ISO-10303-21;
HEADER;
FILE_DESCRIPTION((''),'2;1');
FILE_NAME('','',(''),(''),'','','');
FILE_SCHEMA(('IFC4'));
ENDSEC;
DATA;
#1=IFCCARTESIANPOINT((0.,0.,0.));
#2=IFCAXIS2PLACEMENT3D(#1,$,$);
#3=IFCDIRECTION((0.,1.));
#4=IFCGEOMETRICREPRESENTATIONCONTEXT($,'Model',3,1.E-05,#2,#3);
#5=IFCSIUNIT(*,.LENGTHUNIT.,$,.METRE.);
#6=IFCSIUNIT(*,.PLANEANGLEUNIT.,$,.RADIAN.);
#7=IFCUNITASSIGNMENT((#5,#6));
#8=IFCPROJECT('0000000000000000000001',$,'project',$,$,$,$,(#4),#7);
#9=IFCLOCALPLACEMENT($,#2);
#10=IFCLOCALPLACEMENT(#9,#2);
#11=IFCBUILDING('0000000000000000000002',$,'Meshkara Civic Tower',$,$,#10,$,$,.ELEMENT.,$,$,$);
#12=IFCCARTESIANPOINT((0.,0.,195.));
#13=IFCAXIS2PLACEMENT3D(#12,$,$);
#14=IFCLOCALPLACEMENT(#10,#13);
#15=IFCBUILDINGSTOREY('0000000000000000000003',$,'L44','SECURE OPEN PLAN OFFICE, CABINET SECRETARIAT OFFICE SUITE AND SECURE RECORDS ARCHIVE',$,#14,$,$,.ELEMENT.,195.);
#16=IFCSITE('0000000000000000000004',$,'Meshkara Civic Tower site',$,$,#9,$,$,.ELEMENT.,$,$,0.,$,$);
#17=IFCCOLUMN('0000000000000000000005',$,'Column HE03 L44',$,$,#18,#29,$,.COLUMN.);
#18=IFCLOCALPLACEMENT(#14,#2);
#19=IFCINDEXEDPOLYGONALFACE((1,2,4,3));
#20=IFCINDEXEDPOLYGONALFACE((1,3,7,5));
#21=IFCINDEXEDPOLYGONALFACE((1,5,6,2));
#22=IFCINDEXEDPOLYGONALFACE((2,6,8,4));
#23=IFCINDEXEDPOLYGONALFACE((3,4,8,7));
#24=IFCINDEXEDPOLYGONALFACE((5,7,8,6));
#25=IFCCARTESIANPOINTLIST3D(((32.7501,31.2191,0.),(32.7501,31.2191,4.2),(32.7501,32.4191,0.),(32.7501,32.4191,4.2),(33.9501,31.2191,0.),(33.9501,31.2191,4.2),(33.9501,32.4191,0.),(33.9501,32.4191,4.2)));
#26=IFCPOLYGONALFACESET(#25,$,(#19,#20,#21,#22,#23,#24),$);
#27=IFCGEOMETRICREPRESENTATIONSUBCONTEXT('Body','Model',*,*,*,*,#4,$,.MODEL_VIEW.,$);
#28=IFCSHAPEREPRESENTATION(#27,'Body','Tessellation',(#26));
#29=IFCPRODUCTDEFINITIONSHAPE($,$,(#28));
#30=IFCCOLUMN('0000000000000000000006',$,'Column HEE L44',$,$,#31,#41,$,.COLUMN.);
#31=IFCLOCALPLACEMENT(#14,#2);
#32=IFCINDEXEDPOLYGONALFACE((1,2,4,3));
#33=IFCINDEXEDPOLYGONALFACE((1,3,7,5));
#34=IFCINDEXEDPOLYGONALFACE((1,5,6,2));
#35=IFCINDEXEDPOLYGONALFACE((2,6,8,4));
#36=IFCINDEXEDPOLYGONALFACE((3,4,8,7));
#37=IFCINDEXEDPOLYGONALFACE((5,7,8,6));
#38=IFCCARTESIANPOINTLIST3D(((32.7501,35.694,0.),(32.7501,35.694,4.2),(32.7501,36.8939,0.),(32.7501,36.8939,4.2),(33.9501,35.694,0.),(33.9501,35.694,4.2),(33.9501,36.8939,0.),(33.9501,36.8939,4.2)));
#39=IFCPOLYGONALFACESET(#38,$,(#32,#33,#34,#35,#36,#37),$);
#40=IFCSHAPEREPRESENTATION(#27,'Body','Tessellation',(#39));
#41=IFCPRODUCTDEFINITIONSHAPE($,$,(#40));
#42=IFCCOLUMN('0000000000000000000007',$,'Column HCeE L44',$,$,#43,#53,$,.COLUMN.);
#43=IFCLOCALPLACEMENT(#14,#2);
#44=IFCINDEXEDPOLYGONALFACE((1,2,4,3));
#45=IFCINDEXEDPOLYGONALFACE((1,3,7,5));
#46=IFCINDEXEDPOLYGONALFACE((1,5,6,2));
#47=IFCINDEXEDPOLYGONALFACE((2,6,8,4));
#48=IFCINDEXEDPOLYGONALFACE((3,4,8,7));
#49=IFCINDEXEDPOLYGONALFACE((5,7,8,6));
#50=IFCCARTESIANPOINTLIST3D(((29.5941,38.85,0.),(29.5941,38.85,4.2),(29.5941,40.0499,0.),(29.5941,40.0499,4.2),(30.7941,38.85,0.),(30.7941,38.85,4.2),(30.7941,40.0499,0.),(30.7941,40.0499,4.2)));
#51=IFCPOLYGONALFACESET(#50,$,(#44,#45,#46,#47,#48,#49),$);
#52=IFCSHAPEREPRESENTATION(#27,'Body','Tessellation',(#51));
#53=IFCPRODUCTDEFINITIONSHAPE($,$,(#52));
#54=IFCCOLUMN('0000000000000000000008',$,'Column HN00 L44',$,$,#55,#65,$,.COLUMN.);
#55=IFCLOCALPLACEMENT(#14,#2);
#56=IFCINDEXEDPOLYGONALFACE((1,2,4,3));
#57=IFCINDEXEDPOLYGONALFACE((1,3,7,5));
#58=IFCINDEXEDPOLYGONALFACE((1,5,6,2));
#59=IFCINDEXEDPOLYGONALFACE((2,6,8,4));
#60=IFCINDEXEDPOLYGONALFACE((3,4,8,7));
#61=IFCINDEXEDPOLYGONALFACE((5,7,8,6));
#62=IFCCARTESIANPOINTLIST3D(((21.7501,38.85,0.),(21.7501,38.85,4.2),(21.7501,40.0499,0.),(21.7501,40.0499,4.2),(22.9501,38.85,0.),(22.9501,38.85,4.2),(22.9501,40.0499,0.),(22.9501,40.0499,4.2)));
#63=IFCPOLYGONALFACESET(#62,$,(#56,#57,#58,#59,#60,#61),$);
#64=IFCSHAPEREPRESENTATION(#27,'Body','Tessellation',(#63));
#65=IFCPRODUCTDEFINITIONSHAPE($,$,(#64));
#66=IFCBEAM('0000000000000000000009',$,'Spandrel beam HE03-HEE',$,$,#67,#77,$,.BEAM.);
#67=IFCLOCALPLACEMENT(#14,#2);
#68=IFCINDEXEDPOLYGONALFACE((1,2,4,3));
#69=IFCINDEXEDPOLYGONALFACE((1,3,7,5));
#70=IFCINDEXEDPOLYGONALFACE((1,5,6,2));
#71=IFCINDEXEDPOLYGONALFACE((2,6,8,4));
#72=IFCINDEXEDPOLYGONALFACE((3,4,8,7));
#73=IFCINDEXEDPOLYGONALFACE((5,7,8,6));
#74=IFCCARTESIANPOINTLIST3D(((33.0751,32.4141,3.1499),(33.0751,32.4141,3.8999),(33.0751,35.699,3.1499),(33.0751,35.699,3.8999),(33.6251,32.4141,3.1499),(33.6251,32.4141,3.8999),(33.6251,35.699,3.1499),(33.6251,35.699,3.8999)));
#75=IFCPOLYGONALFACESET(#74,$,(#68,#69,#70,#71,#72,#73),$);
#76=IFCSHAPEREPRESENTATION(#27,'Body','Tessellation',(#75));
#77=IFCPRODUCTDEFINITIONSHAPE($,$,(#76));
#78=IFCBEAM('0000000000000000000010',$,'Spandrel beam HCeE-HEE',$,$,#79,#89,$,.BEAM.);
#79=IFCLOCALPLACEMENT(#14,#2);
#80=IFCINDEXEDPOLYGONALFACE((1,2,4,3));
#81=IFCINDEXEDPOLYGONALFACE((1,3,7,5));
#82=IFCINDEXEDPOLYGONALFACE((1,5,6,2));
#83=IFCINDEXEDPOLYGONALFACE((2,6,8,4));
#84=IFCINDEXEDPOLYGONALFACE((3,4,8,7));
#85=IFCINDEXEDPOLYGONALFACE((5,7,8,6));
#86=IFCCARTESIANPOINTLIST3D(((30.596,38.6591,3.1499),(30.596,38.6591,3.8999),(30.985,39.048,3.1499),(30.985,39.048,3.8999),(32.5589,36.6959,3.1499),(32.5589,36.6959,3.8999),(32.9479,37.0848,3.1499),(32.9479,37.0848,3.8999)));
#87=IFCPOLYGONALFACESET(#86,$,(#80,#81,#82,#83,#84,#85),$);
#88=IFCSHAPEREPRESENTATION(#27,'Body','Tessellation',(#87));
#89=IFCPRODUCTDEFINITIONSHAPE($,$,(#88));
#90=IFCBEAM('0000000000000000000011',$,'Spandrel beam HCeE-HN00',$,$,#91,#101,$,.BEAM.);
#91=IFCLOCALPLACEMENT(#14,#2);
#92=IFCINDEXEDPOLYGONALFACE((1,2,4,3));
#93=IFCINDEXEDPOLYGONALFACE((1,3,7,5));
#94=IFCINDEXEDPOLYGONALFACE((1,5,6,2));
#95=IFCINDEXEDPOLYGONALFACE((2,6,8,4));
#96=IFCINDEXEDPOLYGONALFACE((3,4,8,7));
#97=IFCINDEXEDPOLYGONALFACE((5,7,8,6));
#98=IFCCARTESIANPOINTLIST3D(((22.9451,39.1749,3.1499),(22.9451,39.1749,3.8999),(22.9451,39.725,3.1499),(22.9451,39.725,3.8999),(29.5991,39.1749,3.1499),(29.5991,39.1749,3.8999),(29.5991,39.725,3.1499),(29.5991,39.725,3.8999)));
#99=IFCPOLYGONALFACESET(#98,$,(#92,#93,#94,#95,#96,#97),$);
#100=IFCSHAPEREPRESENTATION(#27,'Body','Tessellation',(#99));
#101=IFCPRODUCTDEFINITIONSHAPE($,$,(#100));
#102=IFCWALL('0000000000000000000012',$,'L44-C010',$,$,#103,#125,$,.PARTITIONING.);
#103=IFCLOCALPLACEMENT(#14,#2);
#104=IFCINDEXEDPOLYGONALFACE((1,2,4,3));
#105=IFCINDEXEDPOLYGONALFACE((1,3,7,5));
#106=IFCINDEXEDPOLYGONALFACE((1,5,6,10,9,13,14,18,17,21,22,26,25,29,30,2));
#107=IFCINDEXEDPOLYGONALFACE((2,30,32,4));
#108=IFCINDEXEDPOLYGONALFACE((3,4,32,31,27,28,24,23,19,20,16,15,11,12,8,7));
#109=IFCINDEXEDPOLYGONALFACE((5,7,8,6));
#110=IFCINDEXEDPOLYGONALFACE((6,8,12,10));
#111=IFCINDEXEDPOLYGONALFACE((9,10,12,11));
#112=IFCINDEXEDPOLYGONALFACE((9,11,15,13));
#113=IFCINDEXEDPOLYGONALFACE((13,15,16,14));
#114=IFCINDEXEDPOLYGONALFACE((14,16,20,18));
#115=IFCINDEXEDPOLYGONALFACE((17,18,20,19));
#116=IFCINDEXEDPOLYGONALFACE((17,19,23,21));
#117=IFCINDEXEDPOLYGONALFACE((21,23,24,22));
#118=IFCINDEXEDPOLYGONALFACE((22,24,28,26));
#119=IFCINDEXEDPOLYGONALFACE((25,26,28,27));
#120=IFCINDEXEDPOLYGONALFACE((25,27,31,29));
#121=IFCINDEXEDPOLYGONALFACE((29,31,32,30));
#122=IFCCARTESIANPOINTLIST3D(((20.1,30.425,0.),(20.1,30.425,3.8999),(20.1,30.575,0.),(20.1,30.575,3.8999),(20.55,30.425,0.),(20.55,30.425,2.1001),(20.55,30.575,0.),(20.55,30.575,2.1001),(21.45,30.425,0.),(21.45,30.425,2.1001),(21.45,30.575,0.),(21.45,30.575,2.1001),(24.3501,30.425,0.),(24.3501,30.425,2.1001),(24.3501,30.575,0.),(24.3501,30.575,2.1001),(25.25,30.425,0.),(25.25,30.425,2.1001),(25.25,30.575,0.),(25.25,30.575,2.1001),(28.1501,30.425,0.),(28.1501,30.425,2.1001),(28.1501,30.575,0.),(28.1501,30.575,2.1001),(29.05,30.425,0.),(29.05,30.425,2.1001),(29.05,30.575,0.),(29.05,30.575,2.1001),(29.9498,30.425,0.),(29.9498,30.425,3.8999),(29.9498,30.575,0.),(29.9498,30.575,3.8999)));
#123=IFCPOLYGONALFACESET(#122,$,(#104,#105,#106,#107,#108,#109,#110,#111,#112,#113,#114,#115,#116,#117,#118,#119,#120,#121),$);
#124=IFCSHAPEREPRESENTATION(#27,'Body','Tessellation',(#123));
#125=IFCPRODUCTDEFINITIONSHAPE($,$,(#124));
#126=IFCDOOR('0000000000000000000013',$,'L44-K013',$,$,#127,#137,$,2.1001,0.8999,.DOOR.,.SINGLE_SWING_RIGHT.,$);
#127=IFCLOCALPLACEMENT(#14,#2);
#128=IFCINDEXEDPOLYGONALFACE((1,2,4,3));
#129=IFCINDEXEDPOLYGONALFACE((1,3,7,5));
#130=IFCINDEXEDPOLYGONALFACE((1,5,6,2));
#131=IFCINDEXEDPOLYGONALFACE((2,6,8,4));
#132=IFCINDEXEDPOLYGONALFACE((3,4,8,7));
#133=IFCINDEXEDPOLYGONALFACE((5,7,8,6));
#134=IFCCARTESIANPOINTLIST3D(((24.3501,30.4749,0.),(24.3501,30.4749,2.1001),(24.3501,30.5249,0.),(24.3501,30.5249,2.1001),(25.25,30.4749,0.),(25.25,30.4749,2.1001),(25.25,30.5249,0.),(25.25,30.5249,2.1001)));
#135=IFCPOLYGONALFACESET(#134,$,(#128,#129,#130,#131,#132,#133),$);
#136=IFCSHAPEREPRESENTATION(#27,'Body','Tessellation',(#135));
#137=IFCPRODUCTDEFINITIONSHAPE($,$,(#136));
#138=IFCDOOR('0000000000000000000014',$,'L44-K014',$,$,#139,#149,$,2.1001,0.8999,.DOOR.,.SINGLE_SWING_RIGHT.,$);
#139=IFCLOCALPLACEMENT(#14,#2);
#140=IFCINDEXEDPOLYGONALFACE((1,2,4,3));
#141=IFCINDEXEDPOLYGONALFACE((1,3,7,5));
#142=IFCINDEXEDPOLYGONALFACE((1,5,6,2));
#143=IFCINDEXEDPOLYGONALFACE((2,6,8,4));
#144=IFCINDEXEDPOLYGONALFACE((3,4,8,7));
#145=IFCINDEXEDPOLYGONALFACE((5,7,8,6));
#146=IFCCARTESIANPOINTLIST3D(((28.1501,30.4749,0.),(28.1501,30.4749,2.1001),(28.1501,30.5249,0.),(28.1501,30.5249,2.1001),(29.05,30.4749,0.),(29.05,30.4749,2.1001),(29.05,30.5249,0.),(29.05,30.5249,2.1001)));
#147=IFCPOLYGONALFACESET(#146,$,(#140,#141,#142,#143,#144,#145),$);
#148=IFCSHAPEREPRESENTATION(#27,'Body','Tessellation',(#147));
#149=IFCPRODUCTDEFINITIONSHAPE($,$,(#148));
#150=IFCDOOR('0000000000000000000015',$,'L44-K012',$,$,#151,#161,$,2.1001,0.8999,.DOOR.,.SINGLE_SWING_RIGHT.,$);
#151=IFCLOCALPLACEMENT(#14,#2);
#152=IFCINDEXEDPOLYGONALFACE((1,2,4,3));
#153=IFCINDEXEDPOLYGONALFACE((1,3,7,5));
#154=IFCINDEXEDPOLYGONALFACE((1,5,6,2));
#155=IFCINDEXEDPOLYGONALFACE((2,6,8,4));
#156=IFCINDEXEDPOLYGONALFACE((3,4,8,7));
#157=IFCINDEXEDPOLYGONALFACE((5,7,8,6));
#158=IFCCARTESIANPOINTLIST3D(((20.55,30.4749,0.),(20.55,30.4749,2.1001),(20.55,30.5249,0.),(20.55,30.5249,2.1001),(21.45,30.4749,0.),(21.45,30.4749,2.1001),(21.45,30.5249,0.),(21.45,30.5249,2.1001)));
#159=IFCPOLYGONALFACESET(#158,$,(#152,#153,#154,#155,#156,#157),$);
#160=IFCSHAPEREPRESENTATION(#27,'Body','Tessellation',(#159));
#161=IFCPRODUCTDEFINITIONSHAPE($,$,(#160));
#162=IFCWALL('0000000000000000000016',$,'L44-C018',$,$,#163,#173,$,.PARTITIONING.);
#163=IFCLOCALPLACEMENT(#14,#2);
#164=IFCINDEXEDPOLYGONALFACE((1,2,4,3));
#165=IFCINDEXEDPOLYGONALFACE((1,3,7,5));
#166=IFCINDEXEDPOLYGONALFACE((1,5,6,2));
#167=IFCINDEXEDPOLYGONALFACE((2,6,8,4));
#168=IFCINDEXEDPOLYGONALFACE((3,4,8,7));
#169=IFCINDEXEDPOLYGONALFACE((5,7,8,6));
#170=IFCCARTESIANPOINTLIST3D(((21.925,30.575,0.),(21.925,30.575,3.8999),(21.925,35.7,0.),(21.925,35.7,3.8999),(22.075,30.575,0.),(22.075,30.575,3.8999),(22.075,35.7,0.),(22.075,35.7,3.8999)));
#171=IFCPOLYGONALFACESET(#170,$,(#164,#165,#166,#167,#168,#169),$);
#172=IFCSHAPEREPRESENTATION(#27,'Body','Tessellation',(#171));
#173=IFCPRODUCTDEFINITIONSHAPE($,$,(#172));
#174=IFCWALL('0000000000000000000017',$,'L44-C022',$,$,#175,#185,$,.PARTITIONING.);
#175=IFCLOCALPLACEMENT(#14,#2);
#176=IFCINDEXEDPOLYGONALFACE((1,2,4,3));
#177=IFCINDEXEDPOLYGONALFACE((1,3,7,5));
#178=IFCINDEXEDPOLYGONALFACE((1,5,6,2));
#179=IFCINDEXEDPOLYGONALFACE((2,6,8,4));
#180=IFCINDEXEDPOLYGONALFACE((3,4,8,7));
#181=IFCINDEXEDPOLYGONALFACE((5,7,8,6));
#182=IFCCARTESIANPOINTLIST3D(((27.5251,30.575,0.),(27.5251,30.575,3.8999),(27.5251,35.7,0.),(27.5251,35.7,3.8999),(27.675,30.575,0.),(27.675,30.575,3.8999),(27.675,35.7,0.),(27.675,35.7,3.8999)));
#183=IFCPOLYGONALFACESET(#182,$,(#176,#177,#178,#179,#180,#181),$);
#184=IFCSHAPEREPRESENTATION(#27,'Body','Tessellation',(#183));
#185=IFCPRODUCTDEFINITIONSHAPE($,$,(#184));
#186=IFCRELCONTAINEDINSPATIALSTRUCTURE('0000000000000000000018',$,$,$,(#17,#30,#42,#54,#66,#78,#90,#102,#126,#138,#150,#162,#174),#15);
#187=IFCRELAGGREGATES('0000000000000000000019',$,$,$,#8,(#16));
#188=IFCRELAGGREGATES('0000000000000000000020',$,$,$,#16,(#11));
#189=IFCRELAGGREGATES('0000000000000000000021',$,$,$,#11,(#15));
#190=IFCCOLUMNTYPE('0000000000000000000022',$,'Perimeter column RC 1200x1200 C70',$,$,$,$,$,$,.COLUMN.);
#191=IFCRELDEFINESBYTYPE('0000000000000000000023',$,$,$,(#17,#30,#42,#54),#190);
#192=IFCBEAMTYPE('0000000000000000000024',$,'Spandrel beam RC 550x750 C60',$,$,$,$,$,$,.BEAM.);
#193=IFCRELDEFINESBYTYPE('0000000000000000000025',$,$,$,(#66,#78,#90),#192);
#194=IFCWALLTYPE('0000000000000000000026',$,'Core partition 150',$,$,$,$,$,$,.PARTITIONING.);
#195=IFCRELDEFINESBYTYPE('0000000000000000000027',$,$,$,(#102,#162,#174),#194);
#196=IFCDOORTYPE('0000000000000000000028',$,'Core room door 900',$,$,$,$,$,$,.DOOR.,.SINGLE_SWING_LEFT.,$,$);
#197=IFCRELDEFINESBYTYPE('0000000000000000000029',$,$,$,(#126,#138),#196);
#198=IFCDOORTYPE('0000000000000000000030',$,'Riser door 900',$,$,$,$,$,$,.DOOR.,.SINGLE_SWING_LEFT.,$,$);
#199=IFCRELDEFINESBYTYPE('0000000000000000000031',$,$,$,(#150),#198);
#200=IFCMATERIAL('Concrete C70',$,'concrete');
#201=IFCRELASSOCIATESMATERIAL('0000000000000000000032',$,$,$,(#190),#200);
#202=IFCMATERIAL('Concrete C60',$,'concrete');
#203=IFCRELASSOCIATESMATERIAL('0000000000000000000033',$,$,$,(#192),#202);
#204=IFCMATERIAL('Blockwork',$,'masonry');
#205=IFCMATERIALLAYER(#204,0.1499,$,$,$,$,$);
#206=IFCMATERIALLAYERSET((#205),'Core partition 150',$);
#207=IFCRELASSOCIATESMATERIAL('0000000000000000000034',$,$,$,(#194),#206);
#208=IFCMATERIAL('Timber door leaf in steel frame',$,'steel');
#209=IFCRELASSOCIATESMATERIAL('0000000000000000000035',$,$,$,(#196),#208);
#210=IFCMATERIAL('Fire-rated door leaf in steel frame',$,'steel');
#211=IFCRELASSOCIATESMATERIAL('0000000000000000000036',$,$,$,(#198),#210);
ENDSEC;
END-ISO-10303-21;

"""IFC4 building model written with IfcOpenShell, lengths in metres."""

from ifc_helpers import new_model, si_unit, direction, frame, frame_2d, origin, origin_2d, place, context, subcontext, project, spatial, rectangle, extrude, material, layer, layer_set, material_profile, profile_set, type_object, element, fill, save


model = new_model("IFC4")

# Units and contexts
model_context = context("Model", 3, precision=1e-05, world=origin(), true_north=direction((0.0, 1.0)))
body_context = subcontext(model_context, "Body", "Model", "MODEL_VIEW")
ifc_project = project(units=[si_unit("LENGTHUNIT", "METRE"), si_unit("PLANEANGLEUNIT", "RADIAN")], contexts=[model_context])

# Site, building, storey
site_placement = place(None, origin())
site = spatial("IfcSite", under=ifc_project, at=site_placement, Name="Meshkara Civic Tower site", CompositionType="ELEMENT", RefElevation=0.0)
building_placement = place(site_placement, origin())
building = spatial("IfcBuilding", under=site, at=building_placement, Name="Meshkara Civic Tower", CompositionType="ELEMENT")
storey_placement = place(building_placement, frame((0.0, 0.0, 195.0)))
storey = spatial("IfcBuildingStorey", under=building, at=storey_placement, Name="L44", Description="SECURE OPEN PLAN OFFICE, CABINET SECRETARIAT OFFICE SUITE AND SECURE RECORDS ARCHIVE", CompositionType="ELEMENT", Elevation=195.0)

# Columns
ifc_material_1 = material(Name="Concrete C70", Category="concrete")
ifc_material_profile_1 = material_profile(ifc_material_1, rectangle(XDim=1.2, YDim=1.2, at=origin_2d()))
ifc_profile_set_1 = profile_set([ifc_material_profile_1], Name="Concrete C70")
column_type = type_object("IfcColumnType", Name="Perimeter column RC 1200x1200 C70", PredefinedType="COLUMN", material=ifc_profile_set_1)
for number, where, z_axis, x_axis, name in (
    (1, (33.3501, 31.8191, 0.0), (0.0, 0.0, 1.0), (1.0, 0.0, 0.0), "Column HE03 L44"),
    (2, (33.3501, 36.2939, 0.0), (0.0, 0.0, 1.0), (1.0, 0.0, 0.0), "Column HEE L44"),
    (3, (30.1941, 39.45, 0.0), (0.0, 0.0, 1.0), (1.0, 0.0, 0.0), "Column HCeE L44"),
    (4, (22.3501, 39.45, 0.0), (0.0, 0.0, 1.0), (1.0, 0.0, 0.0), "Column HN00 L44"),
):
    element("IfcColumn", number, at=place(storey_placement, frame(where, z_axis=z_axis, x_axis=x_axis)), inside=storey, type_object=column_type, Name=name, PredefinedType="COLUMN", context=body_context, shape_type="SweptSolid", body=[
        extrude(rectangle(XDim=1.2, YDim=1.2, at=origin_2d()), origin(), (0.0, 0.0, 1.0), 4.2),
    ])

# Beams
ifc_material_2 = material(Name="Concrete C60", Category="concrete")
ifc_material_profile_2 = material_profile(ifc_material_2, rectangle(XDim=0.55, YDim=0.75, at=origin_2d()))
ifc_profile_set_2 = profile_set([ifc_material_profile_2], Name="Concrete C60")
beam_type = type_object("IfcBeamType", Name="Spandrel beam RC 550x750 C60", PredefinedType="BEAM", material=ifc_profile_set_2)
beam_1_placement = place(storey_placement, frame((33.3501, 32.4141, 3.5249), z_axis=(0.0, 1.0, 0.0), x_axis=(-1.0, 0.0, 0.0)))
element("IfcBeam", 5, at=beam_1_placement, inside=storey, type_object=beam_type, Name="Spandrel beam HE03-HEE", PredefinedType="BEAM", context=body_context, shape_type="SweptSolid", body=[
    extrude(rectangle(XDim=0.55, YDim=0.75, at=origin_2d()), origin(), (0.0, 0.0, 1.0), 3.2849),
])
beam_2_placement = place(storey_placement, frame((32.7534, 36.8904, 3.5249), z_axis=(-0.707063, 0.707151, 0.0), x_axis=(-0.707151, -0.707063, 0.0)))
element("IfcBeam", 6, at=beam_2_placement, inside=storey, type_object=beam_type, Name="Spandrel beam HCeE-HEE", PredefinedType="BEAM", context=body_context, shape_type="SweptSolid", body=[
    extrude(rectangle(XDim=0.55, YDim=0.75, at=origin_2d()), origin(), (0.0, 0.0, 1.0), 2.7761),
])
beam_3_placement = place(storey_placement, frame((29.5991, 39.45, 3.5249), z_axis=(-1.0, 0.0, 0.0), x_axis=(0.0, -1.0, 0.0)))
element("IfcBeam", 7, at=beam_3_placement, inside=storey, type_object=beam_type, Name="Spandrel beam HCeE-HN00", PredefinedType="BEAM", context=body_context, shape_type="SweptSolid", body=[
    extrude(rectangle(XDim=0.55, YDim=0.75, at=origin_2d()), origin(), (0.0, 0.0, 1.0), 6.6541),
])

# Wall, openings, doors
ifc_material_3 = material(Name="Blockwork", Category="masonry")
ifc_layer_1 = layer(ifc_material_3, 0.1499)
ifc_layer_set_1 = layer_set([ifc_layer_1], Name="Core partition 150")
wall_type_1 = type_object("IfcWallType", Name="Core partition 150", PredefinedType="PARTITIONING", material=ifc_layer_set_1)
wall_1_placement = place(storey_placement, frame((20.1001, 30.5, 0.0), z_axis=(0.0, 0.0, 1.0), x_axis=(1.0, 0.0, 0.0)))
wall_1 = element("IfcWall", 8, at=wall_1_placement, inside=storey, type_object=wall_type_1, Name="L44-C010", PredefinedType="PARTITIONING", context=body_context, shape_type="SweptSolid", body=[
    extrude(rectangle(XDim=9.8499, YDim=0.1499, at=frame_2d((4.9248, 0.0))), origin(), (0.0, 0.0, 1.0), 3.8999),
])
opening_1_placement = place(wall_1_placement, frame((0.45, 0.0, 0.0)))
opening_1 = element("IfcOpeningElement", 9, at=opening_1_placement, cuts=wall_1, PredefinedType="OPENING", context=body_context, shape_type="SweptSolid", body=[
    extrude(rectangle(XDim=0.8999, YDim=2.1001, at=frame_2d((0.45, 1.05))), frame((0.0, 0.085, 0.0), z_axis=(0.0, -1.0, 0.0), x_axis=(1.0, 0.0, 0.0)), (0.0, 0.0, 1.0), 0.1699),
])
opening_2_placement = place(wall_1_placement, frame((4.25, 0.0, 0.0)))
opening_2 = element("IfcOpeningElement", 10, at=opening_2_placement, cuts=wall_1, PredefinedType="OPENING", context=body_context, shape_type="SweptSolid", body=[
    extrude(rectangle(XDim=0.8999, YDim=2.1001, at=frame_2d((0.45, 1.05))), frame((0.0, 0.085, 0.0), z_axis=(0.0, -1.0, 0.0), x_axis=(1.0, 0.0, 0.0)), (0.0, 0.0, 1.0), 0.1699),
])
opening_3_placement = place(wall_1_placement, frame((8.05, 0.0, 0.0)))
opening_3 = element("IfcOpeningElement", 11, at=opening_3_placement, cuts=wall_1, PredefinedType="OPENING", context=body_context, shape_type="SweptSolid", body=[
    extrude(rectangle(XDim=0.8999, YDim=2.1001, at=frame_2d((0.45, 1.05))), frame((0.0, 0.085, 0.0), z_axis=(0.0, -1.0, 0.0), x_axis=(1.0, 0.0, 0.0)), (0.0, 0.0, 1.0), 0.1699),
])
ifc_material_4 = material(Name="Timber door leaf in steel frame", Category="steel")
door_type_1 = type_object("IfcDoorType", Name="Core room door 900", OperationType="SINGLE_SWING_LEFT", PredefinedType="DOOR", material=ifc_material_4)
door_1_placement = place(opening_2_placement, origin())
door_1 = element("IfcDoor", 12, at=door_1_placement, inside=storey, type_object=door_type_1, Name="L44-K013", OperationType="SINGLE_SWING_RIGHT", OverallHeight=2.1001, OverallWidth=0.8999, PredefinedType="DOOR", context=body_context, shape_type="SweptSolid", body=[
    extrude(rectangle(XDim=0.8999, YDim=2.1001, at=frame_2d((0.45, 1.05))), frame((0.0, 0.0249, 0.0), z_axis=(0.0, -1.0, 0.0), x_axis=(1.0, 0.0, 0.0)), (0.0, 0.0, 1.0), 0.05),
])
fill(opening_2, door_1)
door_2_placement = place(opening_3_placement, origin())
door_2 = element("IfcDoor", 13, at=door_2_placement, inside=storey, type_object=door_type_1, Name="L44-K014", OperationType="SINGLE_SWING_RIGHT", OverallHeight=2.1001, OverallWidth=0.8999, PredefinedType="DOOR", context=body_context, shape_type="SweptSolid", body=[
    extrude(rectangle(XDim=0.8999, YDim=2.1001, at=frame_2d((0.45, 1.05))), frame((0.0, 0.0249, 0.0), z_axis=(0.0, -1.0, 0.0), x_axis=(1.0, 0.0, 0.0)), (0.0, 0.0, 1.0), 0.05),
])
fill(opening_3, door_2)
ifc_material_5 = material(Name="Fire-rated door leaf in steel frame", Category="steel")
door_type_2 = type_object("IfcDoorType", Name="Riser door 900", OperationType="SINGLE_SWING_LEFT", PredefinedType="DOOR", material=ifc_material_5)
door_3_placement = place(opening_1_placement, origin())
door_3 = element("IfcDoor", 14, at=door_3_placement, inside=storey, type_object=door_type_2, Name="L44-K012", OperationType="SINGLE_SWING_RIGHT", OverallHeight=2.1001, OverallWidth=0.8999, PredefinedType="DOOR", context=body_context, shape_type="SweptSolid", body=[
    extrude(rectangle(XDim=0.8999, YDim=2.1001, at=frame_2d((0.45, 1.05))), frame((0.0, 0.0249, 0.0), z_axis=(0.0, -1.0, 0.0), x_axis=(1.0, 0.0, 0.0)), (0.0, 0.0, 1.0), 0.05),
])
fill(opening_1, door_3)

# Walls
for number, where, z_axis, x_axis, name in (
    (15, (22.0, 30.575, 0.0), (0.0, 0.0, 1.0), (0.0, 1.0, 0.0), "L44-C018"),
    (16, (27.6001, 30.575, 0.0), (0.0, 0.0, 1.0), (0.0, 1.0, 0.0), "L44-C022"),
):
    element("IfcWall", number, at=place(storey_placement, frame(where, z_axis=z_axis, x_axis=x_axis)), inside=storey, type_object=wall_type_1, Name=name, PredefinedType="PARTITIONING", context=body_context, shape_type="SweptSolid", body=[
        extrude(rectangle(XDim=5.125, YDim=0.1499, at=frame_2d((2.5625, 0.0))), origin(), (0.0, 0.0, 1.0), 3.8999),
    ])

save(model, "model.ifc")
